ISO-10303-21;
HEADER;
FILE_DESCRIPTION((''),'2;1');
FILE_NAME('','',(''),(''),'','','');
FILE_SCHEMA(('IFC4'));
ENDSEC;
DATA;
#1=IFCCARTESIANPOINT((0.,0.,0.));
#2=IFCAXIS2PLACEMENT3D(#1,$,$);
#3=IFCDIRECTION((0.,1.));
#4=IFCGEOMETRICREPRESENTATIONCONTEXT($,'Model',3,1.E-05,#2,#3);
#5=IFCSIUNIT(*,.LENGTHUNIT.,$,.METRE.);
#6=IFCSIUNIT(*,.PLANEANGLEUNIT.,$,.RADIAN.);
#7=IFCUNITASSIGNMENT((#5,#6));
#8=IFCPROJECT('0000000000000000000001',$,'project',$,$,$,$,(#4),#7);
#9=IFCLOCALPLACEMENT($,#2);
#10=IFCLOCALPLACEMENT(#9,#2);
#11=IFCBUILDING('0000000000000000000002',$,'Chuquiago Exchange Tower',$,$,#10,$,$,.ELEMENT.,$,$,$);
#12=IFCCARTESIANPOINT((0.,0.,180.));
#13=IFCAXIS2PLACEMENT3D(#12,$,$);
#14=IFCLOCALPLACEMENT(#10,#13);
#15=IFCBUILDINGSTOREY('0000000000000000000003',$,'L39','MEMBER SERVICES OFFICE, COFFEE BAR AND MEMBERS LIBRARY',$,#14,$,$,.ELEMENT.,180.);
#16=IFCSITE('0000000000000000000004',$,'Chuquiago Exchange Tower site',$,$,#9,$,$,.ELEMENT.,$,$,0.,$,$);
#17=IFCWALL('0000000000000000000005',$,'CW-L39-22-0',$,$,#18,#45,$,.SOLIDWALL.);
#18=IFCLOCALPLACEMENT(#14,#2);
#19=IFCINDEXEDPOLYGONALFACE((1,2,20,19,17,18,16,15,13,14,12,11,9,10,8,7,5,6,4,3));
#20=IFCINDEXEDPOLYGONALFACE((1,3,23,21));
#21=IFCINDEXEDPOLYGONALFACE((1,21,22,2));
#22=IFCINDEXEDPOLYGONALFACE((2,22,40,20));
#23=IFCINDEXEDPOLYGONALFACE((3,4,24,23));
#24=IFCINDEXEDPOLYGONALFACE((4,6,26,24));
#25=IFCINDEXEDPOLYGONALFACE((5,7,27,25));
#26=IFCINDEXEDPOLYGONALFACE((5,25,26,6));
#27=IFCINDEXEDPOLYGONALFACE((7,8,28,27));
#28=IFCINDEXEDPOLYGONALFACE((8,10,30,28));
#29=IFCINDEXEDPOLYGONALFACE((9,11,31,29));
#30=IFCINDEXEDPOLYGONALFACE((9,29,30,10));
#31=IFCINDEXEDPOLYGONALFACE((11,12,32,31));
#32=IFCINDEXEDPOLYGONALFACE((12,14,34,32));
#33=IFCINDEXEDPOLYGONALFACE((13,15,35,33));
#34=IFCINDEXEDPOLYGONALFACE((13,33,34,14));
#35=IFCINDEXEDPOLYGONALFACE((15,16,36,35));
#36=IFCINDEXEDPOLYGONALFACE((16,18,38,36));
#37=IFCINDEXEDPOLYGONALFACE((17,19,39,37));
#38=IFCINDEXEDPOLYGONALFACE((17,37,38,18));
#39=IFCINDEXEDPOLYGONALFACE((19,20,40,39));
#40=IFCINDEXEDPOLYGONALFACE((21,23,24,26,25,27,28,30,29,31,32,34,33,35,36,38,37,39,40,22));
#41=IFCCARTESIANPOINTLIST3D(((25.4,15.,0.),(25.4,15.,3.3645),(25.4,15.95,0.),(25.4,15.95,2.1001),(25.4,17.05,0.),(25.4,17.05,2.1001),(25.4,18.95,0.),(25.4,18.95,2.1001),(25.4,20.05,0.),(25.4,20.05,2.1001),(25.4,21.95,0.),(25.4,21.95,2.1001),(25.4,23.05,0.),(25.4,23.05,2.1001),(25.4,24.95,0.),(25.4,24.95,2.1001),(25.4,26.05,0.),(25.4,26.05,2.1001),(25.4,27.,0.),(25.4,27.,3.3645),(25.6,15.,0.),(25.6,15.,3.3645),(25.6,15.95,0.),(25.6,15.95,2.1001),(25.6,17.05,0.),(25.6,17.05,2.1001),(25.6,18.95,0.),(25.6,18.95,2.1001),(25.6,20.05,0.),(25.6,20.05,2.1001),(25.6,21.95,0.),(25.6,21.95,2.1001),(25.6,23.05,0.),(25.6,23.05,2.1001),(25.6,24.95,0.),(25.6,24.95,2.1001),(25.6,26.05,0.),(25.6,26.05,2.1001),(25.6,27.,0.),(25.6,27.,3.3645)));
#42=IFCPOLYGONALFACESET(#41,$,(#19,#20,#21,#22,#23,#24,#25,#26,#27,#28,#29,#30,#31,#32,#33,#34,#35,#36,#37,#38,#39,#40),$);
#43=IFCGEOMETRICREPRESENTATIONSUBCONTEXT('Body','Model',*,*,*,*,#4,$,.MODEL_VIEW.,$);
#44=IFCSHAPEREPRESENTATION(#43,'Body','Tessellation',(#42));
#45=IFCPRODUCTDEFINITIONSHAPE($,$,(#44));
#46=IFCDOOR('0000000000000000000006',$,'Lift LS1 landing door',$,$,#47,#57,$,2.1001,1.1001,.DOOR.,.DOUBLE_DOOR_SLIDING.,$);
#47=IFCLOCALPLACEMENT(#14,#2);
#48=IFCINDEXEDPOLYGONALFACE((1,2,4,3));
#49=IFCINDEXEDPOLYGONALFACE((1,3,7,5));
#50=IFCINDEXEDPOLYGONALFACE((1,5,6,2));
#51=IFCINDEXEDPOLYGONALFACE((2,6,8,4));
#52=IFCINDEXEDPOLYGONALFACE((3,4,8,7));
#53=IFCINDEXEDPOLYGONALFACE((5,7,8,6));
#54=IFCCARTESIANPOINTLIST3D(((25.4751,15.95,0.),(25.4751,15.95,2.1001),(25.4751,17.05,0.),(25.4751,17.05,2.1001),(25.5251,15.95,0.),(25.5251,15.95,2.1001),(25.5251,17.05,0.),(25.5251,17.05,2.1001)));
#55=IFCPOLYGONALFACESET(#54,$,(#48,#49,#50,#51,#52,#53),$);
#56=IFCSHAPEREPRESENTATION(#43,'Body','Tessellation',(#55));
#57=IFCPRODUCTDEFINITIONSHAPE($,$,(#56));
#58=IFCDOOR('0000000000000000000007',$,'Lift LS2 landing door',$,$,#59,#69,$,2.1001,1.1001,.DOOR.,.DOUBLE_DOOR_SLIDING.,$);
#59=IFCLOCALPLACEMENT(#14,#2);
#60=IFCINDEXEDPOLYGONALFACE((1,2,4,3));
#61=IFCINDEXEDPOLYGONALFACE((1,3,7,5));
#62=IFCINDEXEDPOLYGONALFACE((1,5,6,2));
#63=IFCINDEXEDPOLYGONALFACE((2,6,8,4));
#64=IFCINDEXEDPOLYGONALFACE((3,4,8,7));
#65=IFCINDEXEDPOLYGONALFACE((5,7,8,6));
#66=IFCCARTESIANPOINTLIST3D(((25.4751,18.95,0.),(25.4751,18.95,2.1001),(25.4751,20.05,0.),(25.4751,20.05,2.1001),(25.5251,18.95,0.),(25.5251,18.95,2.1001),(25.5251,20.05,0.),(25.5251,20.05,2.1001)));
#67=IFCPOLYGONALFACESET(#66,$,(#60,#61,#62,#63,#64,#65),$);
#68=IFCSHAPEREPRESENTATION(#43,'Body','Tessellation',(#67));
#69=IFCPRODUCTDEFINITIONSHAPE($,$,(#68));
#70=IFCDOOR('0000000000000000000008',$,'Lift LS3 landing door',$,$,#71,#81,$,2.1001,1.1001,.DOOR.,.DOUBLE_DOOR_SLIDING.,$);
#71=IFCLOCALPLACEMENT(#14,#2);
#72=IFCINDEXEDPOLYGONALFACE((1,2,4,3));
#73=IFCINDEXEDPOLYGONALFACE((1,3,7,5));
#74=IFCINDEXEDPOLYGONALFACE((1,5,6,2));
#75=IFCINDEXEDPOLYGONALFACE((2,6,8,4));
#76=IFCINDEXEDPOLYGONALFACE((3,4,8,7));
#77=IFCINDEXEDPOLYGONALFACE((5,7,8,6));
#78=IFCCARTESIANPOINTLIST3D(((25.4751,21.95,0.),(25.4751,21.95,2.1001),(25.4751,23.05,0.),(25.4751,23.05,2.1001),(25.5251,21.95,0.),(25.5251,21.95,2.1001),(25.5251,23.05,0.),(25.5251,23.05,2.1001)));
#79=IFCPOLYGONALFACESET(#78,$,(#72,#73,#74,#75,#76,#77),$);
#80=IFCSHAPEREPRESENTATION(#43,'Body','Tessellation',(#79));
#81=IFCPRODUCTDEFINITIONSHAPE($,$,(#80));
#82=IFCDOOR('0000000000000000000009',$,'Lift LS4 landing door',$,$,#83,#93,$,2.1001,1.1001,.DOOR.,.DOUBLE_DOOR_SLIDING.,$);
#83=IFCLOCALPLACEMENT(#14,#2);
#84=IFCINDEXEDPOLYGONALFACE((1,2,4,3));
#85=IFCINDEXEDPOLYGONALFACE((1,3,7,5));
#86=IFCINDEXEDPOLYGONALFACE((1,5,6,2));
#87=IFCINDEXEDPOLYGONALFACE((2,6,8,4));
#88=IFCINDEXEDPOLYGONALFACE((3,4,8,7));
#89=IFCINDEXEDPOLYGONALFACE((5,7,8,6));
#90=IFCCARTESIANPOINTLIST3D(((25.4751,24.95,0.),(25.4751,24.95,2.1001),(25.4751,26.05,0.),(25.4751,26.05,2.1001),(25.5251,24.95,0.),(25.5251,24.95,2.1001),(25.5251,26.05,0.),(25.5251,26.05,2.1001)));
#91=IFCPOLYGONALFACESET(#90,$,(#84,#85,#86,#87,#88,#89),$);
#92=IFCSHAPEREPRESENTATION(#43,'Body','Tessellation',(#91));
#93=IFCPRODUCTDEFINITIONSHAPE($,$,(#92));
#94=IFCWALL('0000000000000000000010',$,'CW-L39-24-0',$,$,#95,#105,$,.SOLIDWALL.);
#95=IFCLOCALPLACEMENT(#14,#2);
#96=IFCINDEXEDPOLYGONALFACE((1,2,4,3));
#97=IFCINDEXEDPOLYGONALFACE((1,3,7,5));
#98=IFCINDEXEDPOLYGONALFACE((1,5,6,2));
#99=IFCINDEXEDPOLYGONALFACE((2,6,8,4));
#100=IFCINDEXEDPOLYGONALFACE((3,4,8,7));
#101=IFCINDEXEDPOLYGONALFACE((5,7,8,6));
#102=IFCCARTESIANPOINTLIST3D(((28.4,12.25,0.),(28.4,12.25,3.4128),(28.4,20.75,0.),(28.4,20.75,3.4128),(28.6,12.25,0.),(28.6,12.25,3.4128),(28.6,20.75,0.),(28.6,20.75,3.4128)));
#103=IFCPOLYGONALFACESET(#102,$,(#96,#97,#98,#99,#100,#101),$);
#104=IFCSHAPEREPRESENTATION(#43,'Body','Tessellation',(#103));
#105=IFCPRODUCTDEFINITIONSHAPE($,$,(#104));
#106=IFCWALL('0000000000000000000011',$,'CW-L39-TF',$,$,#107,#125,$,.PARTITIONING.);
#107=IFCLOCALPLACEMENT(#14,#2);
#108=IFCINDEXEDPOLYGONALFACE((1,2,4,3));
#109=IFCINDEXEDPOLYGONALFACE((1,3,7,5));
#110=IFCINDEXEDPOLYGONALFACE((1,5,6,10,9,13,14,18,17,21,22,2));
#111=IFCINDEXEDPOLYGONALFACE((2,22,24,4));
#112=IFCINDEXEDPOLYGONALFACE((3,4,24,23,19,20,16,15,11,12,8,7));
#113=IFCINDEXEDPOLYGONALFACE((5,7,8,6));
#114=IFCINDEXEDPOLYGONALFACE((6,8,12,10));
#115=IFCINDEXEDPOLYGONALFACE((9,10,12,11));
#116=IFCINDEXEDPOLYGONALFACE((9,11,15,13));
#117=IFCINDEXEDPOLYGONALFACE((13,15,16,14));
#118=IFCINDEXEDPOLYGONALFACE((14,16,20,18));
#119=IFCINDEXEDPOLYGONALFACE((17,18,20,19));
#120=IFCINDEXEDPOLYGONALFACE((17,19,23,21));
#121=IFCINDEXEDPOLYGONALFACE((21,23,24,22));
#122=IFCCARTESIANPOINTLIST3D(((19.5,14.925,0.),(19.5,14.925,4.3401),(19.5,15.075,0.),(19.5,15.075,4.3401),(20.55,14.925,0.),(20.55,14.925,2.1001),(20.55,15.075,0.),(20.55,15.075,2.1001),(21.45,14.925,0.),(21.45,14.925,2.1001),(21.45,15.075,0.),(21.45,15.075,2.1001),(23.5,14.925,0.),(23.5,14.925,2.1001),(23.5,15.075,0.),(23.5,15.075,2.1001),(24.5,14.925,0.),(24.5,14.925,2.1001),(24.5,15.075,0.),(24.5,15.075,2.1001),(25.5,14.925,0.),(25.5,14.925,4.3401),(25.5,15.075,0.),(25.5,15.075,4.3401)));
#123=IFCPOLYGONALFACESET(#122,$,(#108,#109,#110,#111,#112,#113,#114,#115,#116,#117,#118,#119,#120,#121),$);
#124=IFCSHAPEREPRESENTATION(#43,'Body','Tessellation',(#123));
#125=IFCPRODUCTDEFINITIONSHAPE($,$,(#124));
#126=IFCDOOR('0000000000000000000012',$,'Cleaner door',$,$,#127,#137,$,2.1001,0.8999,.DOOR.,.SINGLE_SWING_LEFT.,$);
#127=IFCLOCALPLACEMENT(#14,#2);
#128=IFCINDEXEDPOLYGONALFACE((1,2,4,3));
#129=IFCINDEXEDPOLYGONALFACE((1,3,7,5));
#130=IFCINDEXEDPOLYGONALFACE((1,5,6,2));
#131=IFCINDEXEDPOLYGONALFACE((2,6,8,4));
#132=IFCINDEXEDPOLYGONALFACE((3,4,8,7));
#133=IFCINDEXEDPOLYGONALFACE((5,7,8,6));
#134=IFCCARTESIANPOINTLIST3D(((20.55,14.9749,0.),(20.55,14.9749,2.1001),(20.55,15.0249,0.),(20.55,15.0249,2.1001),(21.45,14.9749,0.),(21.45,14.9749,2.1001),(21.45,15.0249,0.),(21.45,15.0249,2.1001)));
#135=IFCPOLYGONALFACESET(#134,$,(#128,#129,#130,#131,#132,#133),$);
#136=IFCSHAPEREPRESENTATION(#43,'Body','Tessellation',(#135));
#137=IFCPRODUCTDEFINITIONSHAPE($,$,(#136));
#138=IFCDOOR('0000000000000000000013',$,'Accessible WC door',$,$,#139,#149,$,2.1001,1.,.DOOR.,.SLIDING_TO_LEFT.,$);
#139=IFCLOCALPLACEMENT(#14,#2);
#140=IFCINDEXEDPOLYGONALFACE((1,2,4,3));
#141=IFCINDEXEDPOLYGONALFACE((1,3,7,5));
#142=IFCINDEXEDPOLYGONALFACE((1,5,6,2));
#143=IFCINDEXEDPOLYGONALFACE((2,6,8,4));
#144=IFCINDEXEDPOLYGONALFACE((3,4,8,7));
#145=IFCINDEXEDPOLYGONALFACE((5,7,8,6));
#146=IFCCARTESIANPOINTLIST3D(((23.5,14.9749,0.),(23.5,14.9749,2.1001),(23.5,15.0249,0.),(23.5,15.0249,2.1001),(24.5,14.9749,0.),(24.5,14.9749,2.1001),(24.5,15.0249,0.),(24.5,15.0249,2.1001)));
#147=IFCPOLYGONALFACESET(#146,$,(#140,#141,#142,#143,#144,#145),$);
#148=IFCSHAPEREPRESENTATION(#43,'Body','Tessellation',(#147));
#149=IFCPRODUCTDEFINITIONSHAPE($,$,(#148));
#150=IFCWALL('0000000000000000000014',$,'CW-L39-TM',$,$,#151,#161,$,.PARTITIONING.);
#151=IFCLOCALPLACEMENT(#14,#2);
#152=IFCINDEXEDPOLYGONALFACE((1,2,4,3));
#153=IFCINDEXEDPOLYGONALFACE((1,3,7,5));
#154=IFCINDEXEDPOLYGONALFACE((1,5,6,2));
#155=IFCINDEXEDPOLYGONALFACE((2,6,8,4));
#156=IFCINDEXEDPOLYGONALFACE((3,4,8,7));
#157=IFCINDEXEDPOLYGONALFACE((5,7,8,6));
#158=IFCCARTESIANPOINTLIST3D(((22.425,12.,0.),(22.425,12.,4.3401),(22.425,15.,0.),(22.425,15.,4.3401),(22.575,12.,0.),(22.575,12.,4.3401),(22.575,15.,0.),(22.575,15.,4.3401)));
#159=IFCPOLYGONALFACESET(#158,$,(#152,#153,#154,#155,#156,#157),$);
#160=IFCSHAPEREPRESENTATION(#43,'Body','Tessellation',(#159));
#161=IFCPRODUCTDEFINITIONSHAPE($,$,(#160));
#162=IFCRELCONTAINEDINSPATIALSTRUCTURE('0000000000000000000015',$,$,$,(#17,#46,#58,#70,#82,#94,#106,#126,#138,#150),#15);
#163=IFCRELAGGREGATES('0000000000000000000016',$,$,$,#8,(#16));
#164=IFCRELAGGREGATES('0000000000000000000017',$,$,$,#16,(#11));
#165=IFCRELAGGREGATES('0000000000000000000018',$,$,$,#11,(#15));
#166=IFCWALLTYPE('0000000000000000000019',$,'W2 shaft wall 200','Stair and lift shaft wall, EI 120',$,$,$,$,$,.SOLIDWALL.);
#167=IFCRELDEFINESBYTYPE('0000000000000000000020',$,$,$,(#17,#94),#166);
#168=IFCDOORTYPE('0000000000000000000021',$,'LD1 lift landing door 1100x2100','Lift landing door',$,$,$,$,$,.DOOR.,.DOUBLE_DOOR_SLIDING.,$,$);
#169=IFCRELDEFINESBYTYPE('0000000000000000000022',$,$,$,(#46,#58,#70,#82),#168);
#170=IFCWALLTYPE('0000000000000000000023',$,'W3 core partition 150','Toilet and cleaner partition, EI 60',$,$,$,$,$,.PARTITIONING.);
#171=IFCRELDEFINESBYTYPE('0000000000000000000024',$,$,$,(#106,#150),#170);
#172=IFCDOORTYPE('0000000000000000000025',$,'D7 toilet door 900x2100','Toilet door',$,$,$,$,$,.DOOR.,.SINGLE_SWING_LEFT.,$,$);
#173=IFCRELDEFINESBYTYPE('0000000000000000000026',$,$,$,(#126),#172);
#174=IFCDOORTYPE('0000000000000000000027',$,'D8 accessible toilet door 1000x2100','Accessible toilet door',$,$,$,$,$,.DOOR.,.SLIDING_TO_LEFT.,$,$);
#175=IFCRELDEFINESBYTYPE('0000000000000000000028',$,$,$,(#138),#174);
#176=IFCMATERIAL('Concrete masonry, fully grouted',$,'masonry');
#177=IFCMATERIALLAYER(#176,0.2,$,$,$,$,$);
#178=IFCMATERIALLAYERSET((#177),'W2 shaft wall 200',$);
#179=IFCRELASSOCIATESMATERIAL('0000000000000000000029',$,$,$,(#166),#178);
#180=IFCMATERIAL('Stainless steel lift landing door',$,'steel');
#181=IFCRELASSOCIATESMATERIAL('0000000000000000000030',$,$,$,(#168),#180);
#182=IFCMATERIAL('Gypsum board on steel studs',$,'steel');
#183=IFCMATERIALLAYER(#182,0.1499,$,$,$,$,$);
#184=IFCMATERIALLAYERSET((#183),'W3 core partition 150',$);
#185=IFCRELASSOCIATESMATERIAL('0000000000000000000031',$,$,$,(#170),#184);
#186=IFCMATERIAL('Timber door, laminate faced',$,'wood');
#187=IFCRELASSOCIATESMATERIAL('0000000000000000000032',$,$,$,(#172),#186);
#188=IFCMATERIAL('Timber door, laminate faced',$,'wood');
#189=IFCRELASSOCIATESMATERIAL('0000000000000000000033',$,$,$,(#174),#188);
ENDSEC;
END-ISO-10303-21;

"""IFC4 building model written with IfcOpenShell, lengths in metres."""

from ifc_helpers import new_model, si_unit, direction, frame, frame_2d, origin, place, context, subcontext, project, spatial, rectangle, extrude, material, layer, layer_set, type_object, element, fill, save


model = new_model("IFC4")

# Units and contexts
model_context = context("Model", 3, precision=1e-05, world=origin(), true_north=direction((0.0, 1.0)))
body_context = subcontext(model_context, "Body", "Model", "MODEL_VIEW")
ifc_project = project(units=[si_unit("LENGTHUNIT", "METRE"), si_unit("PLANEANGLEUNIT", "RADIAN")], contexts=[model_context])

# Site, building, storey
site_placement = place(None, origin())
site = spatial("IfcSite", under=ifc_project, at=site_placement, Name="Chuquiago Exchange Tower site", CompositionType="ELEMENT", RefElevation=0.0)
building_placement = place(site_placement, origin())
building = spatial("IfcBuilding", under=site, at=building_placement, Name="Chuquiago Exchange Tower", CompositionType="ELEMENT")
storey_placement = place(building_placement, frame((0.0, 0.0, 180.0)))
storey = spatial("IfcBuildingStorey", under=building, at=storey_placement, Name="L39", Description="MEMBER SERVICES OFFICE, COFFEE BAR AND MEMBERS LIBRARY", CompositionType="ELEMENT", Elevation=180.0)

# Shared definitions
ifc_material_1 = material(Name="Concrete masonry, fully grouted", Category="masonry")
ifc_layer_1 = layer(ifc_material_1, 0.2)
ifc_layer_set_1 = layer_set([ifc_layer_1], Name="W2 shaft wall 200")
wall_type_1 = type_object("IfcWallType", Name="W2 shaft wall 200", Description="Stair and lift shaft wall, EI 120", PredefinedType="SOLIDWALL", material=ifc_layer_set_1)

# Wall, openings, doors
ifc_material_2 = material(Name="Stainless steel lift landing door", Category="steel")
door_type_1 = type_object("IfcDoorType", Name="LD1 lift landing door 1100x2100", Description="Lift landing door", OperationType="DOUBLE_DOOR_SLIDING", PredefinedType="DOOR", material=ifc_material_2)
wall_1_placement = place(storey_placement, frame((25.5, 15.0, 0.0), z_axis=(0.0, 0.0, 1.0), x_axis=(0.0, 1.0, 0.0)))
wall_1 = element("IfcWall", 1, at=wall_1_placement, inside=storey, type_object=wall_type_1, Name="CW-L39-22-0", PredefinedType="SOLIDWALL", context=body_context, shape_type="SweptSolid", body=[
    extrude(rectangle(XDim=12.0, YDim=0.2, at=frame_2d((6.0, 0.0))), origin(), (0.0, 0.0, 1.0), 3.3645),
])
opening_1_placement = place(wall_1_placement, frame((0.95, 0.0, 0.0)))
opening_1 = element("IfcOpeningElement", 2, at=opening_1_placement, cuts=wall_1, PredefinedType="OPENING", context=body_context, shape_type="SweptSolid", body=[
    extrude(rectangle(XDim=1.1001, YDim=2.1001, at=frame_2d((0.55, 1.05))), frame((0.0, 0.1099, 0.0), z_axis=(0.0, -1.0, 0.0), x_axis=(1.0, 0.0, 0.0)), (0.0, 0.0, 1.0), 0.22),
])
opening_2_placement = place(wall_1_placement, frame((3.95, 0.0, 0.0)))
opening_2 = element("IfcOpeningElement", 3, at=opening_2_placement, cuts=wall_1, PredefinedType="OPENING", context=body_context, shape_type="SweptSolid", body=[
    extrude(rectangle(XDim=1.1001, YDim=2.1001, at=frame_2d((0.55, 1.05))), frame((0.0, 0.1099, 0.0), z_axis=(0.0, -1.0, 0.0), x_axis=(1.0, 0.0, 0.0)), (0.0, 0.0, 1.0), 0.22),
])
opening_3_placement = place(wall_1_placement, frame((6.95, 0.0, 0.0)))
opening_3 = element("IfcOpeningElement", 4, at=opening_3_placement, cuts=wall_1, PredefinedType="OPENING", context=body_context, shape_type="SweptSolid", body=[
    extrude(rectangle(XDim=1.1001, YDim=2.1001, at=frame_2d((0.55, 1.05))), frame((0.0, 0.1099, 0.0), z_axis=(0.0, -1.0, 0.0), x_axis=(1.0, 0.0, 0.0)), (0.0, 0.0, 1.0), 0.22),
])
opening_4_placement = place(wall_1_placement, frame((9.95, 0.0, 0.0)))
opening_4 = element("IfcOpeningElement", 5, at=opening_4_placement, cuts=wall_1, PredefinedType="OPENING", context=body_context, shape_type="SweptSolid", body=[
    extrude(rectangle(XDim=1.1001, YDim=2.1001, at=frame_2d((0.55, 1.05))), frame((0.0, 0.1099, 0.0), z_axis=(0.0, -1.0, 0.0), x_axis=(1.0, 0.0, 0.0)), (0.0, 0.0, 1.0), 0.22),
])
door_1_placement = place(opening_1_placement, origin())
door_1 = element("IfcDoor", 6, at=door_1_placement, inside=storey, type_object=door_type_1, Name="Lift LS1 landing door", OperationType="DOUBLE_DOOR_SLIDING", OverallHeight=2.1001, OverallWidth=1.1001, PredefinedType="DOOR", context=body_context, shape_type="SweptSolid", body=[
    extrude(rectangle(XDim=1.1001, YDim=2.1001, at=frame_2d((0.55, 1.05))), frame((0.0, 0.0249, 0.0), z_axis=(0.0, -1.0, 0.0), x_axis=(1.0, 0.0, 0.0)), (0.0, 0.0, 1.0), 0.05),
])
fill(opening_1, door_1)
door_2_placement = place(opening_2_placement, origin())
door_2 = element("IfcDoor", 7, at=door_2_placement, inside=storey, type_object=door_type_1, Name="Lift LS2 landing door", OperationType="DOUBLE_DOOR_SLIDING", OverallHeight=2.1001, OverallWidth=1.1001, PredefinedType="DOOR", context=body_context, shape_type="SweptSolid", body=[
    extrude(rectangle(XDim=1.1001, YDim=2.1001, at=frame_2d((0.55, 1.05))), frame((0.0, 0.0249, 0.0), z_axis=(0.0, -1.0, 0.0), x_axis=(1.0, 0.0, 0.0)), (0.0, 0.0, 1.0), 0.05),
])
fill(opening_2, door_2)
door_3_placement = place(opening_3_placement, origin())
door_3 = element("IfcDoor", 8, at=door_3_placement, inside=storey, type_object=door_type_1, Name="Lift LS3 landing door", OperationType="DOUBLE_DOOR_SLIDING", OverallHeight=2.1001, OverallWidth=1.1001, PredefinedType="DOOR", context=body_context, shape_type="SweptSolid", body=[
    extrude(rectangle(XDim=1.1001, YDim=2.1001, at=frame_2d((0.55, 1.05))), frame((0.0, 0.0249, 0.0), z_axis=(0.0, -1.0, 0.0), x_axis=(1.0, 0.0, 0.0)), (0.0, 0.0, 1.0), 0.05),
])
fill(opening_3, door_3)
door_4_placement = place(opening_4_placement, origin())
door_4 = element("IfcDoor", 9, at=door_4_placement, inside=storey, type_object=door_type_1, Name="Lift LS4 landing door", OperationType="DOUBLE_DOOR_SLIDING", OverallHeight=2.1001, OverallWidth=1.1001, PredefinedType="DOOR", context=body_context, shape_type="SweptSolid", body=[
    extrude(rectangle(XDim=1.1001, YDim=2.1001, at=frame_2d((0.55, 1.05))), frame((0.0, 0.0249, 0.0), z_axis=(0.0, -1.0, 0.0), x_axis=(1.0, 0.0, 0.0)), (0.0, 0.0, 1.0), 0.05),
])
fill(opening_4, door_4)

# Wall
wall_2_placement = place(storey_placement, frame((28.5, 12.25, 0.0), z_axis=(0.0, 0.0, 1.0), x_axis=(0.0, 1.0, 0.0)))
element("IfcWall", 10, at=wall_2_placement, inside=storey, type_object=wall_type_1, Name="CW-L39-24-0", PredefinedType="SOLIDWALL", context=body_context, shape_type="SweptSolid", body=[
    extrude(rectangle(XDim=8.5, YDim=0.2, at=frame_2d((4.25, 0.0))), origin(), (0.0, 0.0, 1.0), 3.4128),
])

# Wall, openings, doors
ifc_material_3 = material(Name="Gypsum board on steel studs", Category="steel")
ifc_layer_2 = layer(ifc_material_3, 0.1499)
ifc_layer_set_2 = layer_set([ifc_layer_2], Name="W3 core partition 150")
wall_type_2 = type_object("IfcWallType", Name="W3 core partition 150", Description="Toilet and cleaner partition, EI 60", PredefinedType="PARTITIONING", material=ifc_layer_set_2)
wall_3_placement = place(storey_placement, frame((19.5, 15.0, 0.0), z_axis=(0.0, 0.0, 1.0), x_axis=(1.0, 0.0, 0.0)))
wall_3 = element("IfcWall", 11, at=wall_3_placement, inside=storey, type_object=wall_type_2, Name="CW-L39-TF", PredefinedType="PARTITIONING", context=body_context, shape_type="SweptSolid", body=[
    extrude(rectangle(XDim=6.0, YDim=0.1499, at=frame_2d((3.0, 0.0))), origin(), (0.0, 0.0, 1.0), 4.3401),
])
opening_5_placement = place(wall_3_placement, frame((4.0, 0.0, 0.0)))
opening_5 = element("IfcOpeningElement", 12, at=opening_5_placement, cuts=wall_3, PredefinedType="OPENING", context=body_context, shape_type="SweptSolid", body=[
    extrude(rectangle(XDim=1.0, YDim=2.1001, at=frame_2d((0.5, 1.05))), frame((0.0, 0.085, 0.0), z_axis=(0.0, -1.0, 0.0), x_axis=(1.0, 0.0, 0.0)), (0.0, 0.0, 1.0), 0.1699),
])
opening_6_placement = place(wall_3_placement, frame((1.05, 0.0, 0.0)))
opening_6 = element("IfcOpeningElement", 13, at=opening_6_placement, cuts=wall_3, PredefinedType="OPENING", context=body_context, shape_type="SweptSolid", body=[
    extrude(rectangle(XDim=0.8999, YDim=2.1001, at=frame_2d((0.45, 1.05))), frame((0.0, 0.085, 0.0), z_axis=(0.0, -1.0, 0.0), x_axis=(1.0, 0.0, 0.0)), (0.0, 0.0, 1.0), 0.1699),
])
ifc_material_4 = material(Name="Timber door, laminate faced", Category="wood")
door_type_2 = type_object("IfcDoorType", Name="D7 toilet door 900x2100", Description="Toilet door", OperationType="SINGLE_SWING_LEFT", PredefinedType="DOOR", material=ifc_material_4)
door_5_placement = place(opening_6_placement, origin())
door_5 = element("IfcDoor", 14, at=door_5_placement, inside=storey, type_object=door_type_2, Name="Cleaner door", OperationType="SINGLE_SWING_LEFT", OverallHeight=2.1001, OverallWidth=0.8999, PredefinedType="DOOR", context=body_context, shape_type="SweptSolid", body=[
    extrude(rectangle(XDim=0.8999, YDim=2.1001, at=frame_2d((0.45, 1.05))), frame((0.0, 0.0249, 0.0), z_axis=(0.0, -1.0, 0.0), x_axis=(1.0, 0.0, 0.0)), (0.0, 0.0, 1.0), 0.05),
])
fill(opening_6, door_5)
ifc_material_5 = material(Name="Timber door, laminate faced", Category="wood")
door_type_3 = type_object("IfcDoorType", Name="D8 accessible toilet door 1000x2100", Description="Accessible toilet door", OperationType="SLIDING_TO_LEFT", PredefinedType="DOOR", material=ifc_material_5)
door_6_placement = place(opening_5_placement, origin())
door_6 = element("IfcDoor", 15, at=door_6_placement, inside=storey, type_object=door_type_3, Name="Accessible WC door", OperationType="SLIDING_TO_LEFT", OverallHeight=2.1001, OverallWidth=1.0, PredefinedType="DOOR", context=body_context, shape_type="SweptSolid", body=[
    extrude(rectangle(XDim=1.0, YDim=2.1001, at=frame_2d((0.5, 1.05))), frame((0.0, 0.0249, 0.0), z_axis=(0.0, -1.0, 0.0), x_axis=(1.0, 0.0, 0.0)), (0.0, 0.0, 1.0), 0.05),
])
fill(opening_5, door_6)

# Wall
wall_4_placement = place(storey_placement, frame((22.5, 15.0, 0.0), z_axis=(0.0, 0.0, 1.0), x_axis=(0.0, -1.0, 0.0)))
element("IfcWall", 16, at=wall_4_placement, inside=storey, type_object=wall_type_2, Name="CW-L39-TM", PredefinedType="PARTITIONING", context=body_context, shape_type="SweptSolid", body=[
    extrude(rectangle(XDim=3.0, YDim=0.1499, at=frame_2d((1.5, 0.0))), origin(), (0.0, 0.0, 1.0), 4.3401),
])

save(model, "model.ifc")
